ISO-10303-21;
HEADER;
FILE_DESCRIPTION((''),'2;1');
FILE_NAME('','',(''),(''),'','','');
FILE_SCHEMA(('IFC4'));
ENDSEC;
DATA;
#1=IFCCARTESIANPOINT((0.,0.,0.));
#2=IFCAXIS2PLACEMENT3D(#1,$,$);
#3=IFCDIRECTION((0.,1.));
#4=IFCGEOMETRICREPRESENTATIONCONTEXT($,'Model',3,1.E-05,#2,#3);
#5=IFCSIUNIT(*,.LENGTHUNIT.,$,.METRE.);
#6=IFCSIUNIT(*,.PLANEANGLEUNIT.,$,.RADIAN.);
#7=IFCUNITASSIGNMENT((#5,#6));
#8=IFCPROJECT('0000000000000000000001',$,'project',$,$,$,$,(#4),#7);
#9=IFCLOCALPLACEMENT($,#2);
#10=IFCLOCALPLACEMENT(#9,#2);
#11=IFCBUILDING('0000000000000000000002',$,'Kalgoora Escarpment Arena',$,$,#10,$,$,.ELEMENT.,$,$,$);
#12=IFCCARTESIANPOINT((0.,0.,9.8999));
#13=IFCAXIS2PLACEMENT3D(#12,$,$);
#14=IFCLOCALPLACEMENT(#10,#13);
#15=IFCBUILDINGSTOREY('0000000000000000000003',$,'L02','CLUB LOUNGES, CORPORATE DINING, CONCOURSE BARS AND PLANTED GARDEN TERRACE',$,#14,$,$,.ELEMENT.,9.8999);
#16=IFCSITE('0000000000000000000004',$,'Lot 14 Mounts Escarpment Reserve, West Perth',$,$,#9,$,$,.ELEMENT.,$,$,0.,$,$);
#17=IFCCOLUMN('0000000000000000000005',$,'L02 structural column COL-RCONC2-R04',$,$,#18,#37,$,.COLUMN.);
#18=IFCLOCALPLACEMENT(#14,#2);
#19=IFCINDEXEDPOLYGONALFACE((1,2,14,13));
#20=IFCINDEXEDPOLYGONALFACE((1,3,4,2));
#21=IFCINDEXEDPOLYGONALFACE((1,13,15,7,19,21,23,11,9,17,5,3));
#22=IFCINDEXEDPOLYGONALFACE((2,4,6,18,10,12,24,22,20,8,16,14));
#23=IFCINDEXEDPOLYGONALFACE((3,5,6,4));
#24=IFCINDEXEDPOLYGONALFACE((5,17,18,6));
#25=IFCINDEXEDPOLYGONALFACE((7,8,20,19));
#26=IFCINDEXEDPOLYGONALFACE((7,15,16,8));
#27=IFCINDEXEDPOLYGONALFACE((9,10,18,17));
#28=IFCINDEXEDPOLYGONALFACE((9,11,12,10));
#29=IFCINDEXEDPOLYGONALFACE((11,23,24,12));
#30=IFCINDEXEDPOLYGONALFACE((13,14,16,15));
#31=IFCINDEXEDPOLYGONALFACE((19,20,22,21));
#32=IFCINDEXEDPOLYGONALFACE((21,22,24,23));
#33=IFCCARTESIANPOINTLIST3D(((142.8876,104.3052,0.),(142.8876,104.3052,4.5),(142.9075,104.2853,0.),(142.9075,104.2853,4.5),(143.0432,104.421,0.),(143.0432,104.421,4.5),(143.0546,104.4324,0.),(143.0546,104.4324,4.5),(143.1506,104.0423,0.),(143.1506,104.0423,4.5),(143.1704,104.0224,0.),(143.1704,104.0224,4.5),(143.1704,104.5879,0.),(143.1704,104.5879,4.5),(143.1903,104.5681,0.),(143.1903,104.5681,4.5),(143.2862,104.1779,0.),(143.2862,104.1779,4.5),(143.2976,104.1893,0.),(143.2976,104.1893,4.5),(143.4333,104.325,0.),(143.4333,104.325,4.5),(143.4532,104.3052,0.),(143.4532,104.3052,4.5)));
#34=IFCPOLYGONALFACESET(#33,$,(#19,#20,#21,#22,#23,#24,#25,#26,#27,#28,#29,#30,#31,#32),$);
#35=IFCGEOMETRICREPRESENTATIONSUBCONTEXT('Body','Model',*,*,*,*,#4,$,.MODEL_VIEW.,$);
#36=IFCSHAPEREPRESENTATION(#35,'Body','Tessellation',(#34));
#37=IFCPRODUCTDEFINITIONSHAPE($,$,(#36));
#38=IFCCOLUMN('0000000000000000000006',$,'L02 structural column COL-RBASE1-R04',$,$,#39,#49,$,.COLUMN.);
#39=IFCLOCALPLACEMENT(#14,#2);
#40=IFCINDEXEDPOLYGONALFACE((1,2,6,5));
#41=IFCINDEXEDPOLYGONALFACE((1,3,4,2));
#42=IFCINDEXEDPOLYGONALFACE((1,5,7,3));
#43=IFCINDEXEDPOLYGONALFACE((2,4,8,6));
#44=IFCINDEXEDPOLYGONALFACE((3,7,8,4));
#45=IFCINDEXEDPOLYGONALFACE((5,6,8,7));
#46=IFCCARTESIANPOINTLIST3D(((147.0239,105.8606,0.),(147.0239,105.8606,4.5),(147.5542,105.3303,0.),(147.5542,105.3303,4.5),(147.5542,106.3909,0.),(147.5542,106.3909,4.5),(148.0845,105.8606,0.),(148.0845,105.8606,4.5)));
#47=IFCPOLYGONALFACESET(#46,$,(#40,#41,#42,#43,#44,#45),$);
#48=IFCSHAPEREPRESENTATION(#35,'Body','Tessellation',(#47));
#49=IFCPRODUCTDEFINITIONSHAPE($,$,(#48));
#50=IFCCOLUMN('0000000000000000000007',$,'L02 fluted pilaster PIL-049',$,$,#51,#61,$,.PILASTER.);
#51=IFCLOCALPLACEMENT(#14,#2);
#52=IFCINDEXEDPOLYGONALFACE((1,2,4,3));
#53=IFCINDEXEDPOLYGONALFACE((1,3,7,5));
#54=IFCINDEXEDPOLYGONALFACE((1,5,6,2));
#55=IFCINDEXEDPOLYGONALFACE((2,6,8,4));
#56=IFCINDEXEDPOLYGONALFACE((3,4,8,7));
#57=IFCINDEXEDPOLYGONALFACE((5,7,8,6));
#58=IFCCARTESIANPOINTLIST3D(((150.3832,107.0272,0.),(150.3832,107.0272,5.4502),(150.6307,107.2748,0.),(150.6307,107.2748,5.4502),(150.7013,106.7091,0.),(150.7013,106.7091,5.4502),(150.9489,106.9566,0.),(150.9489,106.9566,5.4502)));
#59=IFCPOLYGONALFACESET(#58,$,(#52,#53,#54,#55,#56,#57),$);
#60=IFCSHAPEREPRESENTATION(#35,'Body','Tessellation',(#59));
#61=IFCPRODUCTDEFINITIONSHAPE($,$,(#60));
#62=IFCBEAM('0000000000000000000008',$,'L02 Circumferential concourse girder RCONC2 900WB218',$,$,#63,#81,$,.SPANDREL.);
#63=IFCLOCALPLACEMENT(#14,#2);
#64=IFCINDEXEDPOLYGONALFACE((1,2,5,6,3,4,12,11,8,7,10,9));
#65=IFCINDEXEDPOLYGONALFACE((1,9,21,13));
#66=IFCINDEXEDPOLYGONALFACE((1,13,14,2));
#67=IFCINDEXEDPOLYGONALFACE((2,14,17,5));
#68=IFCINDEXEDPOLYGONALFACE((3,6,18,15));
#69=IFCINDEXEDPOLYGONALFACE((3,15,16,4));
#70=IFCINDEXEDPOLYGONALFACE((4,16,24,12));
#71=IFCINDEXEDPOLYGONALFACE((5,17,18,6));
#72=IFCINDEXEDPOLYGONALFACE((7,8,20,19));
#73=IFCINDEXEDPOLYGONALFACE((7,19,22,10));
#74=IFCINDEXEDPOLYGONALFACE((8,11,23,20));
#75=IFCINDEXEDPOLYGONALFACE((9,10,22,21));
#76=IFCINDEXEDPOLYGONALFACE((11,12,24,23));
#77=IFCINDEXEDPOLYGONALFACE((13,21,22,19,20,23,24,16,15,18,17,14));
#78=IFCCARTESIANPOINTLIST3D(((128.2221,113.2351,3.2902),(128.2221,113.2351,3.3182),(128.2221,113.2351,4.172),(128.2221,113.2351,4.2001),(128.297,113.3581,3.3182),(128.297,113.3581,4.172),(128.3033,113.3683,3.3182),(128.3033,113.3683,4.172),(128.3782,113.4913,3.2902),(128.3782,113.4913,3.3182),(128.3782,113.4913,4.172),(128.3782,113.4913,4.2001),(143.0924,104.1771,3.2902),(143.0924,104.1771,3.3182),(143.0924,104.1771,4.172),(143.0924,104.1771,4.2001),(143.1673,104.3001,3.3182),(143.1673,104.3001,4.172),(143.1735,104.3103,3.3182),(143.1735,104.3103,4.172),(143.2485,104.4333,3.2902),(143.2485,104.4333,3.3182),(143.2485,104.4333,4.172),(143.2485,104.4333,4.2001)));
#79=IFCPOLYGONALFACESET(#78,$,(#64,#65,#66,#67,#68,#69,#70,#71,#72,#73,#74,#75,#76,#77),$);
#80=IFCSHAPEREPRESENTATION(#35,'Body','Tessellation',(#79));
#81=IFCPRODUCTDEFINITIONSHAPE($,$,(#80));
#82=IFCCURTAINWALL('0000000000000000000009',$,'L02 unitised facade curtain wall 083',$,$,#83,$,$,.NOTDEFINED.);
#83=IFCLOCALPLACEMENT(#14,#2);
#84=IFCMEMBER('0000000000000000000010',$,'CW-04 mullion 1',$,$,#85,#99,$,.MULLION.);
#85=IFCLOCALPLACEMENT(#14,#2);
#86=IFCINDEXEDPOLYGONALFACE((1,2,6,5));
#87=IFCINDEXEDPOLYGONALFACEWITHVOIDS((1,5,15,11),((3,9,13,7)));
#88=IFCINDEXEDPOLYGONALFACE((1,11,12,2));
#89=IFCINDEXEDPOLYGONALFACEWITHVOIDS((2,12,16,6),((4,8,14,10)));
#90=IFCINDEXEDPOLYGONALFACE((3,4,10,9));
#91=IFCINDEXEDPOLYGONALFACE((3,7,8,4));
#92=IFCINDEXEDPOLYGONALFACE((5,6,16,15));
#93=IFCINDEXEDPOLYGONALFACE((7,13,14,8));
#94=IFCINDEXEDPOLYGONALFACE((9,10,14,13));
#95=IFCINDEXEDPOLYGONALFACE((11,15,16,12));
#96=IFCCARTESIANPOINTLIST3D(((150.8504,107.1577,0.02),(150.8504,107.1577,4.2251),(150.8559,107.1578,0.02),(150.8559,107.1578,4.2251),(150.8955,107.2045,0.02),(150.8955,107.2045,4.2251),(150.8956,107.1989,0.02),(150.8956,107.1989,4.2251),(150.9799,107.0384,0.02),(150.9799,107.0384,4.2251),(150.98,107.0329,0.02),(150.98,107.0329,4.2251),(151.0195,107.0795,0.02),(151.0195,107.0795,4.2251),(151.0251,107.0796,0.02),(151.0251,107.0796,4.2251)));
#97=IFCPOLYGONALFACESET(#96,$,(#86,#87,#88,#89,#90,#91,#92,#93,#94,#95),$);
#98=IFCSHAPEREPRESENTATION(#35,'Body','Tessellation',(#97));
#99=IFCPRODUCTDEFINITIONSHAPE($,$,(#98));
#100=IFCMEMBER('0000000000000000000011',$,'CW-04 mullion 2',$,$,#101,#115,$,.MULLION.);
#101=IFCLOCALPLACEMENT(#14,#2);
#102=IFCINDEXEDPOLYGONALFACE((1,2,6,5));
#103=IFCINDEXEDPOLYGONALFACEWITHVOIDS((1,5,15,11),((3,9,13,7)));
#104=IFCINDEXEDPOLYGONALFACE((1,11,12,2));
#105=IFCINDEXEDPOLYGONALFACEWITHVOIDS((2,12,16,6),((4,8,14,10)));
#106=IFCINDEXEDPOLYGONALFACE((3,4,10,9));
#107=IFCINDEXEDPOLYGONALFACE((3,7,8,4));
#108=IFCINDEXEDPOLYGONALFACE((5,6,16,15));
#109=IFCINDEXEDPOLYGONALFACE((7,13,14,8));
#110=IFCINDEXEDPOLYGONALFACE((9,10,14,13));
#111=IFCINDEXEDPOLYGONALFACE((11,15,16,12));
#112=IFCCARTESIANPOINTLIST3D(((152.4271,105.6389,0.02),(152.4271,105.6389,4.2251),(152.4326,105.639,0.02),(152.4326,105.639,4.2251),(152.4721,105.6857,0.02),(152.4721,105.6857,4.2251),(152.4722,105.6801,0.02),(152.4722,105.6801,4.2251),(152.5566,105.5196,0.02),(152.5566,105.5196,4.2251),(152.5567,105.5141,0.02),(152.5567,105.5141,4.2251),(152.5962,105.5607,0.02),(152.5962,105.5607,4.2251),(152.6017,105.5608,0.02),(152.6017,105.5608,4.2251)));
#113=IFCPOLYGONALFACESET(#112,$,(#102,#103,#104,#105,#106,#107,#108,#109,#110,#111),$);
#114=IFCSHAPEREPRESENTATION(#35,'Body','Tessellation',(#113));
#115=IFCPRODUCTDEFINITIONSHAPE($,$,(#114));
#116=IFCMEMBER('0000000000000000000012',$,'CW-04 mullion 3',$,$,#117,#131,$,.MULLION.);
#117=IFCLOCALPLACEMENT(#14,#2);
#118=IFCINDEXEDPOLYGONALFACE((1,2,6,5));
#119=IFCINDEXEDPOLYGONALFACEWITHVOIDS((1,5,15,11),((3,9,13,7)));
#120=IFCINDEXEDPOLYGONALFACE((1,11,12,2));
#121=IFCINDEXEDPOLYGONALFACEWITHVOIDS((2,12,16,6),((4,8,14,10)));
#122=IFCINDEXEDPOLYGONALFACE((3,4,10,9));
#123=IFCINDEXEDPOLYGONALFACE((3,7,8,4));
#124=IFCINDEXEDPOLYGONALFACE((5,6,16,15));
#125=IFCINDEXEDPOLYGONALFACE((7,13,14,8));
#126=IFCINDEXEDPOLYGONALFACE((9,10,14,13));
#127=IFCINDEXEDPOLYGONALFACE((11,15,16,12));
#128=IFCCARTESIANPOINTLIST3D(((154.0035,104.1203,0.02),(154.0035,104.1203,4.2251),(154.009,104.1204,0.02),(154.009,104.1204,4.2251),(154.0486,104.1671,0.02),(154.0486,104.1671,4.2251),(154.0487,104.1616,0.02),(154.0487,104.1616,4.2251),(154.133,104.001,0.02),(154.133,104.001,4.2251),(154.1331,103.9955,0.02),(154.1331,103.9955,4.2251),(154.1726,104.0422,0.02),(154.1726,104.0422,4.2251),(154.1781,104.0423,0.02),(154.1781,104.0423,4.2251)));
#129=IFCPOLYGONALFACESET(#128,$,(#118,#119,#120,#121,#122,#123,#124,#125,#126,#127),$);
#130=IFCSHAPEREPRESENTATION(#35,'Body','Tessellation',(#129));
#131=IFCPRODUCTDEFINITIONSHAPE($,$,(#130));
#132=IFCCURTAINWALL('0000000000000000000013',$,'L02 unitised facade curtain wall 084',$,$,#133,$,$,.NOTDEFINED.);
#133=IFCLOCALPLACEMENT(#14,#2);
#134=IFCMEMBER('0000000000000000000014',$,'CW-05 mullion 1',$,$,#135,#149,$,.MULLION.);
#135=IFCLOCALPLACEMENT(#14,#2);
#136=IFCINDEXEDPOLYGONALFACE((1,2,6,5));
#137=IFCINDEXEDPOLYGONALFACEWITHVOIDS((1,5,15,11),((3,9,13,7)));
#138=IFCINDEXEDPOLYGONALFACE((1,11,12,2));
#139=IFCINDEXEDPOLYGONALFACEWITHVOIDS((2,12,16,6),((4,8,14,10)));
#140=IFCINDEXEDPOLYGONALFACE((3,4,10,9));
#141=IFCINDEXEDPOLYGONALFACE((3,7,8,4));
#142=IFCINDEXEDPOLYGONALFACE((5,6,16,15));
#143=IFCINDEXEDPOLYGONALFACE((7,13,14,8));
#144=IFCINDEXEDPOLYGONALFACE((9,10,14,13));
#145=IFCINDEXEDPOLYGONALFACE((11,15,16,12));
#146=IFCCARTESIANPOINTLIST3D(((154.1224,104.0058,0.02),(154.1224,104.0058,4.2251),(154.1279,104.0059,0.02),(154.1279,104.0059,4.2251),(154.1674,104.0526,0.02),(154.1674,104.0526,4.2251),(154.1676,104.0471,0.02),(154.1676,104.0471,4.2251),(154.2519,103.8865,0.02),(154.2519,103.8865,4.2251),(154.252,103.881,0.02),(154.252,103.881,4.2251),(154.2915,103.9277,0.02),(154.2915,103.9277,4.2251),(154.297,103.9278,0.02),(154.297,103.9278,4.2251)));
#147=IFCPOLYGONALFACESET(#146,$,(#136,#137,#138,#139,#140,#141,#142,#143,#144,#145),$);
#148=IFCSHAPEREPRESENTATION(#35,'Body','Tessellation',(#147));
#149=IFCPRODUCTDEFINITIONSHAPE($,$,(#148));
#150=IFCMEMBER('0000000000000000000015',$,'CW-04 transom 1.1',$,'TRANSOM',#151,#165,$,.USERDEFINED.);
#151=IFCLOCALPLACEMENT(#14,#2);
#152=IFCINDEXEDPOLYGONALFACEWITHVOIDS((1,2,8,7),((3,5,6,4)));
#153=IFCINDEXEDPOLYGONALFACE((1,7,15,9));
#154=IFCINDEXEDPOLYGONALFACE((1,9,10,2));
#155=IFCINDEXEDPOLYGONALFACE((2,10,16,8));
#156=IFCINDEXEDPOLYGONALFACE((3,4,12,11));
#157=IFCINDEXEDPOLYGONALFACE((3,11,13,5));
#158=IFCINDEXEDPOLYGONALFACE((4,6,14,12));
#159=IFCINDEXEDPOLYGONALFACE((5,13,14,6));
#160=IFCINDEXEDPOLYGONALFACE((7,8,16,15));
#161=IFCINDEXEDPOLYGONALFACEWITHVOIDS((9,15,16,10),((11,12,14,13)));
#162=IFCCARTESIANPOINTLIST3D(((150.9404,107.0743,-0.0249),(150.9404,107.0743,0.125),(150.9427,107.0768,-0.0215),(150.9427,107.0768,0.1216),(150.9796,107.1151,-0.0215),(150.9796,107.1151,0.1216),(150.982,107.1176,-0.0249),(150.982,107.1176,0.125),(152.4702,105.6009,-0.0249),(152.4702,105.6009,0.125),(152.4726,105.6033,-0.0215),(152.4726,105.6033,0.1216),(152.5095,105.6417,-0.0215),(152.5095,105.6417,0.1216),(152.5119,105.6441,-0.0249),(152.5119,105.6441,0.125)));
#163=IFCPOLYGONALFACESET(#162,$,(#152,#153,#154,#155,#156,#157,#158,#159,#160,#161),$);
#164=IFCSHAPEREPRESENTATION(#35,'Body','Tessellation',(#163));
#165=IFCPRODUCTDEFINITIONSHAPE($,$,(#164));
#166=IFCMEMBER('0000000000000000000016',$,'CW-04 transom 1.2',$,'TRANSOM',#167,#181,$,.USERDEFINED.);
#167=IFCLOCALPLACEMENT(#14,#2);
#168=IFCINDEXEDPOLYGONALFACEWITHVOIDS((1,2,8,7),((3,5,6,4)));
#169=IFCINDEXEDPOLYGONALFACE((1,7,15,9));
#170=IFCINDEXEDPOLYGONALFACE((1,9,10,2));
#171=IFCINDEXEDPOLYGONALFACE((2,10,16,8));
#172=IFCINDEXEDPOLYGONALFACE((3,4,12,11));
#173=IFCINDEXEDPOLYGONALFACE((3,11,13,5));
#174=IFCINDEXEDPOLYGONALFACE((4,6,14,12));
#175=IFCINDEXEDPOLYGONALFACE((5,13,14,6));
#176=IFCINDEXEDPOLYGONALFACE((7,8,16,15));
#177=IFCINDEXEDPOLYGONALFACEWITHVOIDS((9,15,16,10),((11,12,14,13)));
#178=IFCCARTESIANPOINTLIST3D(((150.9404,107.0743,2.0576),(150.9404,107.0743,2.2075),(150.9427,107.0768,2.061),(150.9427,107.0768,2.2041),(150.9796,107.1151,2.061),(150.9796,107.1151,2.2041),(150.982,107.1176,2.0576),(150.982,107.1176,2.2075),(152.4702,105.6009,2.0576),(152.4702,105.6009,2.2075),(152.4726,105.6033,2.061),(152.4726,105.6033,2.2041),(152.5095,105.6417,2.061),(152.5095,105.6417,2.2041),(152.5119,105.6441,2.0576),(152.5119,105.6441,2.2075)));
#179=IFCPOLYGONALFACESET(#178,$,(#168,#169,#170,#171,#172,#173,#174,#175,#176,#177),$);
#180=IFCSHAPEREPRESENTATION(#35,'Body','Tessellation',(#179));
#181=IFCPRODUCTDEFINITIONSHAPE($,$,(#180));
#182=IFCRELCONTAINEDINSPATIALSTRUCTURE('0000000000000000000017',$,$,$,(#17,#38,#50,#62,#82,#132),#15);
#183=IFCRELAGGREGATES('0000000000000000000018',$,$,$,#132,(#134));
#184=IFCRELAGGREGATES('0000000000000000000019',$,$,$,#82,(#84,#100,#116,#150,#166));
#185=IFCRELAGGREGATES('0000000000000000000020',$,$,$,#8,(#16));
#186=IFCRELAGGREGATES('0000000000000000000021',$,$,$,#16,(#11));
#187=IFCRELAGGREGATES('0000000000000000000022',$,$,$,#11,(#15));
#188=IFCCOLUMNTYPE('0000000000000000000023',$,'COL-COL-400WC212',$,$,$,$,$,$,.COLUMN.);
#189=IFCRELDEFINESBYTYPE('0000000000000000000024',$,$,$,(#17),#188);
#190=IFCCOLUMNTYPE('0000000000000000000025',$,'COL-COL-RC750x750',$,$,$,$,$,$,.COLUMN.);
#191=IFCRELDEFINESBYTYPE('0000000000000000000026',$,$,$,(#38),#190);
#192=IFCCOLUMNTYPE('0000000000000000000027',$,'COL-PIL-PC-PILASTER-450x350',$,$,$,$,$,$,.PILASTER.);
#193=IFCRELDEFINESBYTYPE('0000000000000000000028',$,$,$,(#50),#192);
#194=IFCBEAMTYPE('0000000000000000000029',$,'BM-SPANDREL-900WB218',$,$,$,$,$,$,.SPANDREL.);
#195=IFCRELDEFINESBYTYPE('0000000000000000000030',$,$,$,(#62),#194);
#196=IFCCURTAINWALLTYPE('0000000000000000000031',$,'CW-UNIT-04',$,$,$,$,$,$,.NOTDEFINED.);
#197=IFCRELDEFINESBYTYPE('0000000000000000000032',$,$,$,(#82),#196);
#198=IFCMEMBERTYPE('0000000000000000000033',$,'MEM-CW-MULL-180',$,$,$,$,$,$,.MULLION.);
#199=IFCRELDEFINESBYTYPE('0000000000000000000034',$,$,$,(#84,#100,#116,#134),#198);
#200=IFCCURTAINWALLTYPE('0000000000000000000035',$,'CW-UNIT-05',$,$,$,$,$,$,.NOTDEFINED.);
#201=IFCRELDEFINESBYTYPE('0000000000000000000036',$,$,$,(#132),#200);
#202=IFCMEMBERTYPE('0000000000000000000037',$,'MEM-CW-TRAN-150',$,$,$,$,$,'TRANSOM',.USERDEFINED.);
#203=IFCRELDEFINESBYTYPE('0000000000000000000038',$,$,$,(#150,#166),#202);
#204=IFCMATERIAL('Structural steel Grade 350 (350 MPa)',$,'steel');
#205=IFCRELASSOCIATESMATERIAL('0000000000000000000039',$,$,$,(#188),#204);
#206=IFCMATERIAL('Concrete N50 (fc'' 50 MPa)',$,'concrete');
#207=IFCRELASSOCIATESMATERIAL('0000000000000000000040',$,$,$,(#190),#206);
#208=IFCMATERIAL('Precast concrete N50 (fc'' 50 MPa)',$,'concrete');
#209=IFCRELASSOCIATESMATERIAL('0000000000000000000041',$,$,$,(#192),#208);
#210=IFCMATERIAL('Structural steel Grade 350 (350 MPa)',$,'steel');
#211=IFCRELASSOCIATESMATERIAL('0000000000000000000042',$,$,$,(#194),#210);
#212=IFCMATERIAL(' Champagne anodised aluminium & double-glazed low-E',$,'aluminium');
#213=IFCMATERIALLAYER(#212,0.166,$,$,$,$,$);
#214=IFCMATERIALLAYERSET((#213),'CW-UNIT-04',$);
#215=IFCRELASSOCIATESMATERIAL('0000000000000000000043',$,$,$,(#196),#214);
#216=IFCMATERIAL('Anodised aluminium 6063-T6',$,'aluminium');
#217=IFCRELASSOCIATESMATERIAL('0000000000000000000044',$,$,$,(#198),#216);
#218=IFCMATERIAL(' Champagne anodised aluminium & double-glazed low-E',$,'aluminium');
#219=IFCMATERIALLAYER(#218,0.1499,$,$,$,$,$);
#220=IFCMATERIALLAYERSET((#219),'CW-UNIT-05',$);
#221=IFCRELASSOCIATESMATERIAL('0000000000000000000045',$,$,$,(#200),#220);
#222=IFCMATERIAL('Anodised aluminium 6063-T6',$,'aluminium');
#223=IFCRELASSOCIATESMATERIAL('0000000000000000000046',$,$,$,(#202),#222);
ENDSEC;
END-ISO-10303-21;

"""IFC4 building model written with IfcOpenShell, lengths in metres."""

from ifc_helpers import new_model, si_unit, direction, frame, origin, origin_2d, place, context, subcontext, project, spatial, rectangle, hollow_rectangle, i_section, extrude, material, layer, layer_set, material_profile, profile_set, type_object, element, aggregate, save


model = new_model("IFC4")

# Units and contexts
model_context = context("Model", 3, precision=1e-05, world=origin(), true_north=direction((0.0, 1.0)))
body_context = subcontext(model_context, "Body", "Model", "MODEL_VIEW")
ifc_project = project(units=[si_unit("LENGTHUNIT", "METRE"), si_unit("PLANEANGLEUNIT", "RADIAN")], contexts=[model_context])

# Site, building, storey
site_placement = place(None, origin())
site = spatial("IfcSite", under=ifc_project, at=site_placement, Name="Lot 14 Mounts Escarpment Reserve, West Perth", CompositionType="ELEMENT", RefElevation=0.0)
building_placement = place(site_placement, origin())
building = spatial("IfcBuilding", under=site, at=building_placement, Name="Kalgoora Escarpment Arena", CompositionType="ELEMENT")
storey_placement = place(building_placement, frame((0.0, 0.0, 9.8999)))
storey = spatial("IfcBuildingStorey", under=building, at=storey_placement, Name="L02", Description="CLUB LOUNGES, CORPORATE DINING, CONCOURSE BARS AND PLANTED GARDEN TERRACE", CompositionType="ELEMENT", Elevation=9.8999)

# Columns
ifc_material_1 = material(Name="Structural steel Grade 350 (350 MPa)", Category="steel")
ifc_material_profile_1 = material_profile(ifc_material_1, i_section(OverallWidth=0.3999, OverallDepth=0.3999, WebThickness=0.0161, FlangeThickness=0.0281, at=origin_2d()))
ifc_profile_set_1 = profile_set([ifc_material_profile_1], Name="Structural steel Grade 350 (350 MPa)")
column_type_1 = type_object("IfcColumnType", Name="COL-COL-400WC212", PredefinedType="COLUMN", material=ifc_profile_set_1)
column_1_placement = place(storey_placement, frame((143.1704, 104.3052, 0.0), z_axis=(0.0, 0.0, 1.0), x_axis=(0.707107, 0.707107, 0.0)))
element("IfcColumn", 1, at=column_1_placement, inside=storey, type_object=column_type_1, Name="L02 structural column COL-RCONC2-R04", PredefinedType="COLUMN", context=body_context, shape_type="SweptSolid", body=[
    extrude(i_section(OverallWidth=0.3999, OverallDepth=0.3999, WebThickness=0.0161, FlangeThickness=0.0281, at=origin_2d()), origin(), (0.0, 0.0, 1.0), 4.5),
])
ifc_material_2 = material(Name="Concrete N50 (fc' 50 MPa)", Category="concrete")
ifc_material_profile_2 = material_profile(ifc_material_2, rectangle(XDim=0.75, YDim=0.75, at=origin_2d()))
ifc_profile_set_2 = profile_set([ifc_material_profile_2], Name="Concrete N50 (fc' 50 MPa)")
column_type_2 = type_object("IfcColumnType", Name="COL-COL-RC750x750", PredefinedType="COLUMN", material=ifc_profile_set_2)
column_2_placement = place(storey_placement, frame((147.5542, 105.8606, 0.0), z_axis=(0.0, 0.0, 1.0), x_axis=(0.707107, 0.707107, 0.0)))
element("IfcColumn", 2, at=column_2_placement, inside=storey, type_object=column_type_2, Name="L02 structural column COL-RBASE1-R04", PredefinedType="COLUMN", context=body_context, shape_type="SweptSolid", body=[
    extrude(rectangle(XDim=0.75, YDim=0.75, at=origin_2d()), origin(), (0.0, 0.0, 1.0), 4.5),
])
ifc_material_3 = material(Name="Precast concrete N50 (fc' 50 MPa)", Category="concrete")
ifc_material_profile_3 = material_profile(ifc_material_3, rectangle(XDim=0.3501, YDim=0.45, at=origin_2d()))
ifc_profile_set_3 = profile_set([ifc_material_profile_3], Name="Precast concrete N50 (fc' 50 MPa)")
column_type_3 = type_object("IfcColumnType", Name="COL-PIL-PC-PILASTER-450x350", PredefinedType="PILASTER", material=ifc_profile_set_3)
column_3_placement = place(storey_placement, frame((150.666, 106.9919, 0.0), z_axis=(0.0, 0.0, 1.0), x_axis=(0.707107, 0.707107, 0.0)))
element("IfcColumn", 3, at=column_3_placement, inside=storey, type_object=column_type_3, Name="L02 fluted pilaster PIL-049", PredefinedType="PILASTER", context=body_context, shape_type="SweptSolid", body=[
    extrude(rectangle(XDim=0.3501, YDim=0.45, at=origin_2d()), origin(), (0.0, 0.0, 1.0), 5.4502),
])

# Beam
ifc_material_4 = material(Name="Structural steel Grade 350 (350 MPa)", Category="steel")
ifc_material_profile_4 = material_profile(ifc_material_4, i_section(OverallWidth=0.3, OverallDepth=0.9099, WebThickness=0.012, FlangeThickness=0.0281, at=origin_2d()))
ifc_profile_set_4 = profile_set([ifc_material_profile_4], Name="Structural steel Grade 350 (350 MPa)")
beam_type = type_object("IfcBeamType", Name="BM-SPANDREL-900WB218", PredefinedType="SPANDREL", material=ifc_profile_set_4)
beam_placement = place(storey_placement, frame((143.1704, 104.3052, 3.7451), z_axis=(-0.854031, 0.520223, 0.0), x_axis=(-0.520223, -0.854031, 0.0)))
element("IfcBeam", 4, at=beam_placement, inside=storey, type_object=beam_type, Name="L02 Circumferential concourse girder RCONC2 900WB218", PredefinedType="SPANDREL", context=body_context, shape_type="SweptSolid", body=[
    extrude(i_section(OverallWidth=0.3, OverallDepth=0.9099, WebThickness=0.012, FlangeThickness=0.0281, at=origin_2d()), origin(), (0.0, 0.0, 1.0), 17.4119),
])

# Curtain wall, members
ifc_material_5 = material(Name=" Champagne anodised aluminium & double-glazed low-E", Category="aluminium")
ifc_layer_1 = layer(ifc_material_5, 0.166)
ifc_layer_set_1 = layer_set([ifc_layer_1], Name="CW-UNIT-04")
curtain_wall_type_1 = type_object("IfcCurtainWallType", Name="CW-UNIT-04", PredefinedType="NOTDEFINED", material=ifc_layer_set_1)
curtain_wall_1_placement = place(storey_placement, origin())
curtain_wall_1 = element("IfcCurtainWall", 5, at=curtain_wall_1_placement, inside=storey, type_object=curtain_wall_type_1, Name="L02 unitised facade curtain wall 083", PredefinedType="NOTDEFINED")
ifc_material_6 = material(Name="Anodised aluminium 6063-T6", Category="aluminium")
ifc_material_profile_5 = material_profile(ifc_material_6, hollow_rectangle(XDim=0.0649, YDim=0.1799, WallThickness=0.0039, at=origin_2d()))
ifc_profile_set_5 = profile_set([ifc_material_profile_5], Name="Anodised aluminium 6063-T6")
member_type_1 = type_object("IfcMemberType", Name="MEM-CW-MULL-180", PredefinedType="MULLION", material=ifc_profile_set_5)
member_1_placement = place(storey_placement, frame((150.9377, 107.1187, 0.02), z_axis=(0.0, 0.0, 1.0), x_axis=(0.693749, 0.720217, 0.0)))
member_1 = element("IfcMember", 6, at=member_1_placement, type_object=member_type_1, Name="CW-04 mullion 1", PredefinedType="MULLION", context=body_context, shape_type="SweptSolid", body=[
    extrude(hollow_rectangle(XDim=0.0649, YDim=0.1799, WallThickness=0.0039, at=origin_2d()), origin(), (0.0, 0.0, 1.0), 4.2051),
])
member_2_placement = place(storey_placement, frame((152.5144, 105.5999, 0.02), z_axis=(0.0, 0.0, 1.0), x_axis=(0.693749, 0.720217, 0.0)))
member_2 = element("IfcMember", 7, at=member_2_placement, type_object=member_type_1, Name="CW-04 mullion 2", PredefinedType="MULLION", context=body_context, shape_type="SweptSolid", body=[
    extrude(hollow_rectangle(XDim=0.0649, YDim=0.1799, WallThickness=0.0039, at=origin_2d()), origin(), (0.0, 0.0, 1.0), 4.2051),
])
member_3_placement = place(storey_placement, frame((154.0908, 104.0813, 0.02), z_axis=(0.0, 0.0, 1.0), x_axis=(0.693749, 0.720217, 0.0)))
member_3 = element("IfcMember", 8, at=member_3_placement, type_object=member_type_1, Name="CW-04 mullion 3", PredefinedType="MULLION", context=body_context, shape_type="SweptSolid", body=[
    extrude(hollow_rectangle(XDim=0.0649, YDim=0.1799, WallThickness=0.0039, at=origin_2d()), origin(), (0.0, 0.0, 1.0), 4.2051),
])

# Curtain wall, member
ifc_material_7 = material(Name=" Champagne anodised aluminium & double-glazed low-E", Category="aluminium")
ifc_layer_2 = layer(ifc_material_7, 0.1499)
ifc_layer_set_2 = layer_set([ifc_layer_2], Name="CW-UNIT-05")
curtain_wall_type_2 = type_object("IfcCurtainWallType", Name="CW-UNIT-05", PredefinedType="NOTDEFINED", material=ifc_layer_set_2)
curtain_wall_2_placement = place(storey_placement, origin())
curtain_wall_2 = element("IfcCurtainWall", 9, at=curtain_wall_2_placement, inside=storey, type_object=curtain_wall_type_2, Name="L02 unitised facade curtain wall 084", PredefinedType="NOTDEFINED")
member_4_placement = place(storey_placement, frame((154.2097, 103.9668, 0.02), z_axis=(0.0, 0.0, 1.0), x_axis=(0.693746, 0.72022, 0.0)))
member_4 = element("IfcMember", 10, at=member_4_placement, type_object=member_type_1, Name="CW-05 mullion 1", PredefinedType="MULLION", context=body_context, shape_type="SweptSolid", body=[
    extrude(hollow_rectangle(XDim=0.0649, YDim=0.1799, WallThickness=0.0039, at=origin_2d()), origin(), (0.0, 0.0, 1.0), 4.2051),
])
aggregate(curtain_wall_2, [member_4])

# Members
ifc_material_8 = material(Name="Anodised aluminium 6063-T6", Category="aluminium")
ifc_material_profile_6 = material_profile(ifc_material_8, hollow_rectangle(XDim=0.0601, YDim=0.1499, WallThickness=0.0034, at=origin_2d()))
ifc_profile_set_6 = profile_set([ifc_material_profile_6], Name="Anodised aluminium 6063-T6")
member_type_2 = type_object("IfcMemberType", Name="MEM-CW-TRAN-150", ElementType="TRANSOM", PredefinedType="USERDEFINED", material=ifc_profile_set_6)
member_5_placement = place(storey_placement, frame((150.9612, 107.0959, 0.05), z_axis=(0.720259, -0.693706, 0.0), x_axis=(0.693706, 0.720259, 0.0)))
member_5 = element("IfcMember", 11, at=member_5_placement, type_object=member_type_2, Name="CW-04 transom 1.1", ObjectType="TRANSOM", PredefinedType="USERDEFINED", context=body_context, shape_type="SweptSolid", body=[
    extrude(hollow_rectangle(XDim=0.0601, YDim=0.1499, WallThickness=0.0034, at=origin_2d()), origin(), (0.0, 0.0, 1.0), 2.124),
])
member_6_placement = place(storey_placement, frame((150.9612, 107.0959, 2.1326), z_axis=(0.720259, -0.693706, 0.0), x_axis=(0.693706, 0.720259, 0.0)))
member_6 = element("IfcMember", 12, at=member_6_placement, type_object=member_type_2, Name="CW-04 transom 1.2", ObjectType="TRANSOM", PredefinedType="USERDEFINED", context=body_context, shape_type="SweptSolid", body=[
    extrude(hollow_rectangle(XDim=0.0601, YDim=0.1499, WallThickness=0.0034, at=origin_2d()), origin(), (0.0, 0.0, 1.0), 2.124),
])

aggregate(curtain_wall_1, [member_1, member_2, member_3, member_5, member_6])

save(model, "model.ifc")
